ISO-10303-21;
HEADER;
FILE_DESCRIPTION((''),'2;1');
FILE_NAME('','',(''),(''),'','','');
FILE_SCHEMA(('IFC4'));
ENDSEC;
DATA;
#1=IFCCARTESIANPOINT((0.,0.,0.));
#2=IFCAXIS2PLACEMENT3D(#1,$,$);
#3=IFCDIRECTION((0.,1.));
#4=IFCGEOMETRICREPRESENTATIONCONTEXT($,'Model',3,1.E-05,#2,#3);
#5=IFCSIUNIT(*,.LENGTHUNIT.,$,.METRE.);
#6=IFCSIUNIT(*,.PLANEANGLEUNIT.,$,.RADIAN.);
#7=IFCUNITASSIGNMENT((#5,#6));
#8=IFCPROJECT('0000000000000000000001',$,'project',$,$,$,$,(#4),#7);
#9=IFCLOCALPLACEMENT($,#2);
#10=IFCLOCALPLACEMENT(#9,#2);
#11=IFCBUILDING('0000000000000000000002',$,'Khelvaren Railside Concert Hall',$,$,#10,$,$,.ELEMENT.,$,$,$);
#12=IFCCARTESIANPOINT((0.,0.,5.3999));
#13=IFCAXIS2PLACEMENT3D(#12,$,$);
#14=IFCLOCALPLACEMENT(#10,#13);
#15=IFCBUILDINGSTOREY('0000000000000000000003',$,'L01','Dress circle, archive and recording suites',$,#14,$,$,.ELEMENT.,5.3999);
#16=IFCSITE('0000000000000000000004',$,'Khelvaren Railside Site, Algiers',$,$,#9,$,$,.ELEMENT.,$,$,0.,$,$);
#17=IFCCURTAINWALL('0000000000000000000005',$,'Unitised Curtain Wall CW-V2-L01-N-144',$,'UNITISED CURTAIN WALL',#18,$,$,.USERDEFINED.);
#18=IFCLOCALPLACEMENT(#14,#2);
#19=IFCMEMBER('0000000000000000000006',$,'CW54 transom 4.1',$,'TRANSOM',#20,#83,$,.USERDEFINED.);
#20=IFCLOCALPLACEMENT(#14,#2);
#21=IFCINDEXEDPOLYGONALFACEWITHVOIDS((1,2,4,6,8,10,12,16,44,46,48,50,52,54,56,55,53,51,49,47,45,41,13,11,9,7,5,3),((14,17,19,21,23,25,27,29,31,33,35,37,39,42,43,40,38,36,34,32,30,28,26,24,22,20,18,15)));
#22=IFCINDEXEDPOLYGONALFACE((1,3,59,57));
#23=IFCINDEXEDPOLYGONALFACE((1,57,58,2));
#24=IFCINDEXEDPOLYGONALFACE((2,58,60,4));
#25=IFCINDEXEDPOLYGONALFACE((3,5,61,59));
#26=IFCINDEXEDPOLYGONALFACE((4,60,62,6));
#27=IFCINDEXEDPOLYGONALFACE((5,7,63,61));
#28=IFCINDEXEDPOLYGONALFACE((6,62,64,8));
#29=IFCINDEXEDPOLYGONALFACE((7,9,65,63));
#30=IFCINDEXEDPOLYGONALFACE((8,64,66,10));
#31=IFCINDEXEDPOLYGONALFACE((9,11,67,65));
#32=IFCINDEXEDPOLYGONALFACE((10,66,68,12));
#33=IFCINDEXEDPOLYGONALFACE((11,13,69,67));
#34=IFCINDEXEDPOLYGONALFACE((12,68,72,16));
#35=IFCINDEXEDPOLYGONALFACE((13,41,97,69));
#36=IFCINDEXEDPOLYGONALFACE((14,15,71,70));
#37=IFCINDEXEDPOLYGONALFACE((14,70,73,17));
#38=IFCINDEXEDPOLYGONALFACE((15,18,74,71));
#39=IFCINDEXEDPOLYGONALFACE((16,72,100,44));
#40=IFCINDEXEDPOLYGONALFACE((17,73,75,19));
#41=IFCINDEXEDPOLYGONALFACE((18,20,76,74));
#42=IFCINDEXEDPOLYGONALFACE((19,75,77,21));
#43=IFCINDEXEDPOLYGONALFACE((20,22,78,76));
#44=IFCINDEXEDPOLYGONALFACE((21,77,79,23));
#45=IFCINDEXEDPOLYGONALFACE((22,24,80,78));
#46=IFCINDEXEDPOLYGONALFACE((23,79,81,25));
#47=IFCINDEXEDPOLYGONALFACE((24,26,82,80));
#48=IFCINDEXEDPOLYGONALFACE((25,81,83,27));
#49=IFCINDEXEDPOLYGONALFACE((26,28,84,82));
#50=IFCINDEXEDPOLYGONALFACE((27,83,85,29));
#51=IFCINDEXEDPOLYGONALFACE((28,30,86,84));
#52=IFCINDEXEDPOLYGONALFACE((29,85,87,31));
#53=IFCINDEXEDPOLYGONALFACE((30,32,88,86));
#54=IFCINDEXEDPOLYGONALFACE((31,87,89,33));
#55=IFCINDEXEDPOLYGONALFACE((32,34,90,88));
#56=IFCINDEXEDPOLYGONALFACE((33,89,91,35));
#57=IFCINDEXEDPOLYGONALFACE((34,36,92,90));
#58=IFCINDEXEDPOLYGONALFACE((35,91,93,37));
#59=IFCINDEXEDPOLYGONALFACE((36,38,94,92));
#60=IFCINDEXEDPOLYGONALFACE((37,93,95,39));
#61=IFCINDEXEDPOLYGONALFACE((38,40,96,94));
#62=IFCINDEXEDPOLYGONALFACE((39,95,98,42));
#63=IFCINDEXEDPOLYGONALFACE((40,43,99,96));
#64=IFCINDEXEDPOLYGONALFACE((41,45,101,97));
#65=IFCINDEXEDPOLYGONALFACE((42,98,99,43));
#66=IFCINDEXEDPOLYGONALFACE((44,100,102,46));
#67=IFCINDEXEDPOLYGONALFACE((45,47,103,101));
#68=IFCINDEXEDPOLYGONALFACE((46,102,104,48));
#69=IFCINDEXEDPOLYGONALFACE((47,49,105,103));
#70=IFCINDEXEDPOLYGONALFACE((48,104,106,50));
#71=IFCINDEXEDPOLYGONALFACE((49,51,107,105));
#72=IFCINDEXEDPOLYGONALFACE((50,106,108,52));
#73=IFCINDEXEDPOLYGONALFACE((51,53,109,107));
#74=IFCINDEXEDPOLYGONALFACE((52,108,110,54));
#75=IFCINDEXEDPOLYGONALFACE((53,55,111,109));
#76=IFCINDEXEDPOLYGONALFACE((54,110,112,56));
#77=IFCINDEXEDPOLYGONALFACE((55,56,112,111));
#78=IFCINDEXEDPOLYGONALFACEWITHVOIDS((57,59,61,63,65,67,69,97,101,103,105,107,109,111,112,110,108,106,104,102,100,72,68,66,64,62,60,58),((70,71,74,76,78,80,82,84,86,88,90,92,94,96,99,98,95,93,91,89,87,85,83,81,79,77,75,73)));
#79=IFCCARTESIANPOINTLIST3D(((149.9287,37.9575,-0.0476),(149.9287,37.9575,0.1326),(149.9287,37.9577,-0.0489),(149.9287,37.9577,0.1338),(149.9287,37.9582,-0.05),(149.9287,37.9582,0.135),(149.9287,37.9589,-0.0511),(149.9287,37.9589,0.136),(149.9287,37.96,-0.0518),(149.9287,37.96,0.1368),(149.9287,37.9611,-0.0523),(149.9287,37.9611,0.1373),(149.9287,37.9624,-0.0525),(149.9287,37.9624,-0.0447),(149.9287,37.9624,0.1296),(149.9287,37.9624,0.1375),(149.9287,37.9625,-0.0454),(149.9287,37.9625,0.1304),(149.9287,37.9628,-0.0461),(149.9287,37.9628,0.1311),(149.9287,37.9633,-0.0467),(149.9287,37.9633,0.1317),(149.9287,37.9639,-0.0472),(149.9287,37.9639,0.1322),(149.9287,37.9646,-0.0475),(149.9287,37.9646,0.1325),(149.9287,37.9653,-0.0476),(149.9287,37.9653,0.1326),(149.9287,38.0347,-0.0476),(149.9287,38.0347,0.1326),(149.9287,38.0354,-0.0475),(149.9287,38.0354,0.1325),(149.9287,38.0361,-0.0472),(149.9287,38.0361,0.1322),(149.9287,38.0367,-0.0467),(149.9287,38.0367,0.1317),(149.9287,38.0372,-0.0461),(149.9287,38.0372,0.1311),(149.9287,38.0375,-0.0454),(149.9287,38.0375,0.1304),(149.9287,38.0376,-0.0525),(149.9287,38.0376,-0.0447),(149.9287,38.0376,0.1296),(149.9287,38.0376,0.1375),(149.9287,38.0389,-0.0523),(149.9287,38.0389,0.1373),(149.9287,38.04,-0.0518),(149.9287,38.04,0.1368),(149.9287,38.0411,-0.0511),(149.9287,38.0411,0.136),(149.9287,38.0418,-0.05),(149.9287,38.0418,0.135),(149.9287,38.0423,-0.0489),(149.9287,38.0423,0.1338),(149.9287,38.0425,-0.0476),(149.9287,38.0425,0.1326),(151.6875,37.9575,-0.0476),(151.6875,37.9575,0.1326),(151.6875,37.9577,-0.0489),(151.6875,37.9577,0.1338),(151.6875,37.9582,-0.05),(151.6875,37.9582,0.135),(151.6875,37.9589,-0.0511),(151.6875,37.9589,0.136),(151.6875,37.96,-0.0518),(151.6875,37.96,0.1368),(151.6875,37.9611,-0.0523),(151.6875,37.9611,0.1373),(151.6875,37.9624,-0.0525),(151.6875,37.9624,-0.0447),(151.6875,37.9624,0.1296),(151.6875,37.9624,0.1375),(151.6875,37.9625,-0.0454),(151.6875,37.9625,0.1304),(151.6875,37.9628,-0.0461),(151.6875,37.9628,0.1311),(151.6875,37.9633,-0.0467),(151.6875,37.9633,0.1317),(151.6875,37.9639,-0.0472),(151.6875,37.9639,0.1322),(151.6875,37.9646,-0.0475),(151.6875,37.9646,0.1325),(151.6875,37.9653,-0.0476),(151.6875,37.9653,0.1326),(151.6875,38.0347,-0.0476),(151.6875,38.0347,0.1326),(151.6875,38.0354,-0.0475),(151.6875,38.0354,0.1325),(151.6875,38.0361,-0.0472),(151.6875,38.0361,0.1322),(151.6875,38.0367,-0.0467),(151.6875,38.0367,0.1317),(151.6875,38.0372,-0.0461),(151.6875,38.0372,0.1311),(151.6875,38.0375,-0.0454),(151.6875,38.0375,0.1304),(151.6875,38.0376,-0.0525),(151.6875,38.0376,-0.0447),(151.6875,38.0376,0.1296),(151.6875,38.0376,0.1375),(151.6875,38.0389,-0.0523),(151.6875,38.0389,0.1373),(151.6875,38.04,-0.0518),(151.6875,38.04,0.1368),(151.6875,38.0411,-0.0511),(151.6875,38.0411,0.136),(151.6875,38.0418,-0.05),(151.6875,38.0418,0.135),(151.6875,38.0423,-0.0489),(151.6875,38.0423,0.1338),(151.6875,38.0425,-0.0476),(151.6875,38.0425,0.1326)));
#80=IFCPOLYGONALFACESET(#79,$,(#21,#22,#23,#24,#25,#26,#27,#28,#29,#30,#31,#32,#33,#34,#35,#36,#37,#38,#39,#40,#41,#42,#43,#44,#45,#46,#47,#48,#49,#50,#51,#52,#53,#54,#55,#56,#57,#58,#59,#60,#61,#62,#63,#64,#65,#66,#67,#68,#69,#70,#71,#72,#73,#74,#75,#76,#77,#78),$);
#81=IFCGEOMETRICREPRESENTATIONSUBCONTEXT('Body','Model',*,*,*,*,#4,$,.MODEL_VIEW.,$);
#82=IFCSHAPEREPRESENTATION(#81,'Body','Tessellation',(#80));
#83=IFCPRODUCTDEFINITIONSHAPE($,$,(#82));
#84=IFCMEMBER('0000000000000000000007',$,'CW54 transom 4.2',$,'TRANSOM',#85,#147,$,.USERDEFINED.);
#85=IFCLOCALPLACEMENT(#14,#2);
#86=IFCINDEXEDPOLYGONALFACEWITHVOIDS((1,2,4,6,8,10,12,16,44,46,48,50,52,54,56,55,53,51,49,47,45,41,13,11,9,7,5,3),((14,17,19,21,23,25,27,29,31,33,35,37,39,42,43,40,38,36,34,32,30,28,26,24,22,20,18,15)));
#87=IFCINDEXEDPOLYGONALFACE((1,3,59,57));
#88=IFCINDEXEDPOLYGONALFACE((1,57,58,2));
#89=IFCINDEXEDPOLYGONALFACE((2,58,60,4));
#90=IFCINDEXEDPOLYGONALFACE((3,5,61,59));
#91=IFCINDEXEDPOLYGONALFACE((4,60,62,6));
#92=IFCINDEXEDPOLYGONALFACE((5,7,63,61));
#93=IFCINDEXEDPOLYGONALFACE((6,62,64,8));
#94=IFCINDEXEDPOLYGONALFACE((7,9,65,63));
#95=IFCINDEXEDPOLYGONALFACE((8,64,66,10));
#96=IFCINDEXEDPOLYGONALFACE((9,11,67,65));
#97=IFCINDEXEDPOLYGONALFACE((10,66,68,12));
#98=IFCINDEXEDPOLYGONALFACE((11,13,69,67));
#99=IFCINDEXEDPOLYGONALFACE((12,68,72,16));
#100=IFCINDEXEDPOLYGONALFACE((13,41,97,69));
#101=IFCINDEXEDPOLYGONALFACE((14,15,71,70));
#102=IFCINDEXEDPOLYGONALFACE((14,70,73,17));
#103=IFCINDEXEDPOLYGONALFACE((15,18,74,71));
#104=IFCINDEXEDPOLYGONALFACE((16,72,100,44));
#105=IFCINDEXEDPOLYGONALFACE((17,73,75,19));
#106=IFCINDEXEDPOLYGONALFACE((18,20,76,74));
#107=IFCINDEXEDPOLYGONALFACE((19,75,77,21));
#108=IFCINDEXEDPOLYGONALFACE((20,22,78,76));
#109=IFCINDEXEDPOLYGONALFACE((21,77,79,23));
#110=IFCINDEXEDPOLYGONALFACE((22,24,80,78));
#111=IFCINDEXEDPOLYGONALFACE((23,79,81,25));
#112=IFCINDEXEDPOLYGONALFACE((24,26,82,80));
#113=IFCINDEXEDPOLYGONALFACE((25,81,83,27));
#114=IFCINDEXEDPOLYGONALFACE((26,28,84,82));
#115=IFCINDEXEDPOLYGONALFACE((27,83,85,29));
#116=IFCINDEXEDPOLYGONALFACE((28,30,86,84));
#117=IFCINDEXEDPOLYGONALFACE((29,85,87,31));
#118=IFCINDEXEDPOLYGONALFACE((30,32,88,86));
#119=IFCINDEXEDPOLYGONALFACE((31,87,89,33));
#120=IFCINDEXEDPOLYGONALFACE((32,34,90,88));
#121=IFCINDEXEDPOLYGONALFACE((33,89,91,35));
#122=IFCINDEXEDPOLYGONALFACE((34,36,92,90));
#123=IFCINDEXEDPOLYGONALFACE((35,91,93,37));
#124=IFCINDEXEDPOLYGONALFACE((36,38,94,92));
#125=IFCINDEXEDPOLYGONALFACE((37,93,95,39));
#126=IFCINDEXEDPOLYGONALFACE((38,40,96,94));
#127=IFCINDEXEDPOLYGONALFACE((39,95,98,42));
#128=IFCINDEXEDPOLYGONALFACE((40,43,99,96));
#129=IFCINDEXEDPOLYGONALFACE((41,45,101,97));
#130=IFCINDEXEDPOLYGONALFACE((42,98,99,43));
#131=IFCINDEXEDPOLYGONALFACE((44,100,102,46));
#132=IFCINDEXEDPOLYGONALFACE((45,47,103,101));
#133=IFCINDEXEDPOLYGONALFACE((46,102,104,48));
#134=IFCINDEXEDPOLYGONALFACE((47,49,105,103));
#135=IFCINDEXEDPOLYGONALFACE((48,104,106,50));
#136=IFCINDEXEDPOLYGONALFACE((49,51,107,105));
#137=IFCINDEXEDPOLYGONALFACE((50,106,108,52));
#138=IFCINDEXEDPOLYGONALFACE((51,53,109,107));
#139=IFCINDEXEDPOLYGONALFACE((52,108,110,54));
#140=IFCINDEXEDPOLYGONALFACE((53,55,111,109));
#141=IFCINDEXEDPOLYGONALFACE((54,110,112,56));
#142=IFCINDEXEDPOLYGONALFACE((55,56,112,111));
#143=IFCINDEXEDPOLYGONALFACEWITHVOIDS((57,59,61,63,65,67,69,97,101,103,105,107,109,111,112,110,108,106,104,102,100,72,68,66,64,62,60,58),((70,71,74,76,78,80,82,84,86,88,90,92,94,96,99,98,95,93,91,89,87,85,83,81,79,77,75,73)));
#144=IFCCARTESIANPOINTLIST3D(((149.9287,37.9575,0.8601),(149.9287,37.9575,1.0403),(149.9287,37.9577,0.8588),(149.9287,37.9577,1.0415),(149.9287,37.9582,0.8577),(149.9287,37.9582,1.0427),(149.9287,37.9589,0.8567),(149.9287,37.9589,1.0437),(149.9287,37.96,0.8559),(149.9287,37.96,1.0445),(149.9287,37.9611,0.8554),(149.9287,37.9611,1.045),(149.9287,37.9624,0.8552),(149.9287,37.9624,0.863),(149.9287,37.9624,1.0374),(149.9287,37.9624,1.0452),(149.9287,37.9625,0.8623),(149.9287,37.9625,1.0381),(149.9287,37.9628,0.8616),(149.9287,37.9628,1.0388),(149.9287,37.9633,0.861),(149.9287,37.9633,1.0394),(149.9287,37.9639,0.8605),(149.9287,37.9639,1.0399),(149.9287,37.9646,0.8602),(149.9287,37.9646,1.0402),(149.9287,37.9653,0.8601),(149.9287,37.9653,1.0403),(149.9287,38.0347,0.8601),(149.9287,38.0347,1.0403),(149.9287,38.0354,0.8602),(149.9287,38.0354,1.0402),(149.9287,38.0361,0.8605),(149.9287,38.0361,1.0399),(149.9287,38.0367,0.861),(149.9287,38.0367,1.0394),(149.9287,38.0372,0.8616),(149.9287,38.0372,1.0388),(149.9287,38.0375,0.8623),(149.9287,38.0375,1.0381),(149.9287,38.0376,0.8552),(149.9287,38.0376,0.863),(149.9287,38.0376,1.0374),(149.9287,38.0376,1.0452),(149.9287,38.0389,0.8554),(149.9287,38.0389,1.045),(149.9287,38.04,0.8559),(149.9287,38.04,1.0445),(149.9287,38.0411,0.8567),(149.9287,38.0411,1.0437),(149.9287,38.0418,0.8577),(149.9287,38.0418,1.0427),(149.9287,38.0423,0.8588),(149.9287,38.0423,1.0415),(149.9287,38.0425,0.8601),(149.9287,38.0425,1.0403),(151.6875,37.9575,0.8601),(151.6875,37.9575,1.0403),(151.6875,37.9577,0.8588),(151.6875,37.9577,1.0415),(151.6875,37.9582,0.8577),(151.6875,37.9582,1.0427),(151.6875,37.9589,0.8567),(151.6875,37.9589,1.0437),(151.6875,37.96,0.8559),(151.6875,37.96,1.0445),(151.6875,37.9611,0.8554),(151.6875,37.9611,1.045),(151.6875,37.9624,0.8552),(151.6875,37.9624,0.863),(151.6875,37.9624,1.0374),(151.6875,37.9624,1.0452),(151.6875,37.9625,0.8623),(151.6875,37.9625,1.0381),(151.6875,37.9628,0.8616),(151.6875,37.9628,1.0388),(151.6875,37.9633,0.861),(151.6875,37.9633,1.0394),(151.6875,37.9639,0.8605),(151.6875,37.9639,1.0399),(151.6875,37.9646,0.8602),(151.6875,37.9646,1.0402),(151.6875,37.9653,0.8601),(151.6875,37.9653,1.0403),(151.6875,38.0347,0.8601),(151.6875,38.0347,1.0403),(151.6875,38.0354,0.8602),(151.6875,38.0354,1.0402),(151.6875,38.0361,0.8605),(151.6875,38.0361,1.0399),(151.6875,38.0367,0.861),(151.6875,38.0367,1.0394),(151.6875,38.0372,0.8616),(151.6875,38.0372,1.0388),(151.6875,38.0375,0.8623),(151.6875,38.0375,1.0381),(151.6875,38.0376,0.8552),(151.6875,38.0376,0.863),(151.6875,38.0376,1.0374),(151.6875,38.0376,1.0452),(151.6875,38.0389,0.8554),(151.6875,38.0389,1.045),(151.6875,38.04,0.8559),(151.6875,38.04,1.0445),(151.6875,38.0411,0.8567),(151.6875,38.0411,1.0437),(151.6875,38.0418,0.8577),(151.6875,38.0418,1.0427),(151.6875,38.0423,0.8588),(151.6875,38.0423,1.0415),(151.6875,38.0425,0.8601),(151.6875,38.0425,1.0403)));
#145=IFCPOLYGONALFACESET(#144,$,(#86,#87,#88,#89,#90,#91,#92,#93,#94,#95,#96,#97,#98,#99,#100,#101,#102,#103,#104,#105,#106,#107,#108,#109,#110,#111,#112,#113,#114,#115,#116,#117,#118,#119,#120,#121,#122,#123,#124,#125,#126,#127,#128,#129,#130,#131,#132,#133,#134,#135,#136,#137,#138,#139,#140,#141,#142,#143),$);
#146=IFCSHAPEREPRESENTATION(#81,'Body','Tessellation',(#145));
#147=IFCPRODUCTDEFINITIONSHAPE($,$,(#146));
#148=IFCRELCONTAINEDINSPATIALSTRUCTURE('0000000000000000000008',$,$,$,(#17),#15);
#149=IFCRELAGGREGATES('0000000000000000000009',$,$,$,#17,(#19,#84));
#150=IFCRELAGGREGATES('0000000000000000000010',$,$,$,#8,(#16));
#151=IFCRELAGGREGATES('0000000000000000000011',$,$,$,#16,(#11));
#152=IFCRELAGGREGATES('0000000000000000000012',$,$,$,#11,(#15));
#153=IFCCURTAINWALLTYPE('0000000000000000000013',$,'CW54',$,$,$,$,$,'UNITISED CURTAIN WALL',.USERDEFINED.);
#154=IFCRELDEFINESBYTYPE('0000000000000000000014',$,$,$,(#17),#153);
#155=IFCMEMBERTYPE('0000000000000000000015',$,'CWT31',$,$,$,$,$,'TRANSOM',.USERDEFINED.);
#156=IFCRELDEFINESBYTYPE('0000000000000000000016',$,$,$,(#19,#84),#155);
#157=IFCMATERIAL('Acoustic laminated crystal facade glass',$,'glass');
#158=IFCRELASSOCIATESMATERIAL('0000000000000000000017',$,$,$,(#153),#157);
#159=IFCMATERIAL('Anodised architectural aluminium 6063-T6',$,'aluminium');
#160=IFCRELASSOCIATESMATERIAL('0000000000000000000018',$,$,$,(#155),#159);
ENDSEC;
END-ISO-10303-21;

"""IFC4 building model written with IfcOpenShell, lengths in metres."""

from ifc_helpers import new_model, si_unit, direction, frame, origin, origin_2d, place, context, subcontext, project, spatial, hollow_rectangle, extrude, material, material_profile, profile_set, type_object, element, aggregate, save


model = new_model("IFC4")

# Units and contexts
model_context = context("Model", 3, precision=1e-05, world=origin(), true_north=direction((0.0, 1.0)))
body_context = subcontext(model_context, "Body", "Model", "MODEL_VIEW")
ifc_project = project(units=[si_unit("LENGTHUNIT", "METRE"), si_unit("PLANEANGLEUNIT", "RADIAN")], contexts=[model_context])

# Site, building, storey
site_placement = place(None, origin())
site = spatial("IfcSite", under=ifc_project, at=site_placement, Name="Khelvaren Railside Site, Algiers", CompositionType="ELEMENT", RefElevation=0.0)
building_placement = place(site_placement, origin())
building = spatial("IfcBuilding", under=site, at=building_placement, Name="Khelvaren Railside Concert Hall", CompositionType="ELEMENT")
storey_placement = place(building_placement, frame((0.0, 0.0, 5.3999)))
storey = spatial("IfcBuildingStorey", under=building, at=storey_placement, Name="L01", Description="Dress circle, archive and recording suites", CompositionType="ELEMENT", Elevation=5.3999)

# Curtain wall, members
ifc_material_1 = material(Name="Acoustic laminated crystal facade glass", Category="glass")
curtain_wall_type = type_object("IfcCurtainWallType", Name="CW54", ElementType="UNITISED CURTAIN WALL", PredefinedType="USERDEFINED", material=ifc_material_1)
curtain_wall_placement = place(storey_placement, origin())
curtain_wall = element("IfcCurtainWall", 1, at=curtain_wall_placement, inside=storey, type_object=curtain_wall_type, Name="Unitised Curtain Wall CW-V2-L01-N-144", ObjectType="UNITISED CURTAIN WALL", PredefinedType="USERDEFINED")
ifc_material_2 = material(Name="Anodised architectural aluminium 6063-T6", Category="aluminium")
ifc_material_profile_1 = material_profile(ifc_material_2, hollow_rectangle(XDim=0.085, YDim=0.1899, WallThickness=0.0049, InnerFilletRadius=0.0029, OuterFilletRadius=0.0049, at=origin_2d()), Name="CWT 85x190x5")
ifc_profile_set_1 = profile_set([ifc_material_profile_1], Name="Anodised architectural aluminium 6063-T6")
member_type_1 = type_object("IfcMemberType", Name="CWT31", ElementType="TRANSOM", PredefinedType="USERDEFINED", material=ifc_profile_set_1)
member_1_placement = place(storey_placement, frame((149.9287, 38.0, 0.0425), z_axis=(1.0, 0.0, 0.0), x_axis=(0.0, 1.0, 0.0)))
member_1 = element("IfcMember", 2, at=member_1_placement, type_object=member_type_1, Name="CW54 transom 4.1", ObjectType="TRANSOM", PredefinedType="USERDEFINED", context=body_context, shape_type="SweptSolid", body=[
    extrude(hollow_rectangle(XDim=0.085, YDim=0.1899, WallThickness=0.0049, InnerFilletRadius=0.0029, OuterFilletRadius=0.0049, at=origin_2d()), origin(), (0.0, 0.0, 1.0), 1.7588),
])
member_2_placement = place(storey_placement, frame((149.9287, 38.0, 0.9502), z_axis=(1.0, 0.0, 0.0), x_axis=(0.0, 1.0, 0.0)))
member_2 = element("IfcMember", 3, at=member_2_placement, type_object=member_type_1, Name="CW54 transom 4.2", ObjectType="TRANSOM", PredefinedType="USERDEFINED", context=body_context, shape_type="SweptSolid", body=[
    extrude(hollow_rectangle(XDim=0.085, YDim=0.1899, WallThickness=0.0049, InnerFilletRadius=0.0029, OuterFilletRadius=0.0049, at=origin_2d()), origin(), (0.0, 0.0, 1.0), 1.7588),
])

aggregate(curtain_wall, [member_1, member_2])

save(model, "model.ifc")
